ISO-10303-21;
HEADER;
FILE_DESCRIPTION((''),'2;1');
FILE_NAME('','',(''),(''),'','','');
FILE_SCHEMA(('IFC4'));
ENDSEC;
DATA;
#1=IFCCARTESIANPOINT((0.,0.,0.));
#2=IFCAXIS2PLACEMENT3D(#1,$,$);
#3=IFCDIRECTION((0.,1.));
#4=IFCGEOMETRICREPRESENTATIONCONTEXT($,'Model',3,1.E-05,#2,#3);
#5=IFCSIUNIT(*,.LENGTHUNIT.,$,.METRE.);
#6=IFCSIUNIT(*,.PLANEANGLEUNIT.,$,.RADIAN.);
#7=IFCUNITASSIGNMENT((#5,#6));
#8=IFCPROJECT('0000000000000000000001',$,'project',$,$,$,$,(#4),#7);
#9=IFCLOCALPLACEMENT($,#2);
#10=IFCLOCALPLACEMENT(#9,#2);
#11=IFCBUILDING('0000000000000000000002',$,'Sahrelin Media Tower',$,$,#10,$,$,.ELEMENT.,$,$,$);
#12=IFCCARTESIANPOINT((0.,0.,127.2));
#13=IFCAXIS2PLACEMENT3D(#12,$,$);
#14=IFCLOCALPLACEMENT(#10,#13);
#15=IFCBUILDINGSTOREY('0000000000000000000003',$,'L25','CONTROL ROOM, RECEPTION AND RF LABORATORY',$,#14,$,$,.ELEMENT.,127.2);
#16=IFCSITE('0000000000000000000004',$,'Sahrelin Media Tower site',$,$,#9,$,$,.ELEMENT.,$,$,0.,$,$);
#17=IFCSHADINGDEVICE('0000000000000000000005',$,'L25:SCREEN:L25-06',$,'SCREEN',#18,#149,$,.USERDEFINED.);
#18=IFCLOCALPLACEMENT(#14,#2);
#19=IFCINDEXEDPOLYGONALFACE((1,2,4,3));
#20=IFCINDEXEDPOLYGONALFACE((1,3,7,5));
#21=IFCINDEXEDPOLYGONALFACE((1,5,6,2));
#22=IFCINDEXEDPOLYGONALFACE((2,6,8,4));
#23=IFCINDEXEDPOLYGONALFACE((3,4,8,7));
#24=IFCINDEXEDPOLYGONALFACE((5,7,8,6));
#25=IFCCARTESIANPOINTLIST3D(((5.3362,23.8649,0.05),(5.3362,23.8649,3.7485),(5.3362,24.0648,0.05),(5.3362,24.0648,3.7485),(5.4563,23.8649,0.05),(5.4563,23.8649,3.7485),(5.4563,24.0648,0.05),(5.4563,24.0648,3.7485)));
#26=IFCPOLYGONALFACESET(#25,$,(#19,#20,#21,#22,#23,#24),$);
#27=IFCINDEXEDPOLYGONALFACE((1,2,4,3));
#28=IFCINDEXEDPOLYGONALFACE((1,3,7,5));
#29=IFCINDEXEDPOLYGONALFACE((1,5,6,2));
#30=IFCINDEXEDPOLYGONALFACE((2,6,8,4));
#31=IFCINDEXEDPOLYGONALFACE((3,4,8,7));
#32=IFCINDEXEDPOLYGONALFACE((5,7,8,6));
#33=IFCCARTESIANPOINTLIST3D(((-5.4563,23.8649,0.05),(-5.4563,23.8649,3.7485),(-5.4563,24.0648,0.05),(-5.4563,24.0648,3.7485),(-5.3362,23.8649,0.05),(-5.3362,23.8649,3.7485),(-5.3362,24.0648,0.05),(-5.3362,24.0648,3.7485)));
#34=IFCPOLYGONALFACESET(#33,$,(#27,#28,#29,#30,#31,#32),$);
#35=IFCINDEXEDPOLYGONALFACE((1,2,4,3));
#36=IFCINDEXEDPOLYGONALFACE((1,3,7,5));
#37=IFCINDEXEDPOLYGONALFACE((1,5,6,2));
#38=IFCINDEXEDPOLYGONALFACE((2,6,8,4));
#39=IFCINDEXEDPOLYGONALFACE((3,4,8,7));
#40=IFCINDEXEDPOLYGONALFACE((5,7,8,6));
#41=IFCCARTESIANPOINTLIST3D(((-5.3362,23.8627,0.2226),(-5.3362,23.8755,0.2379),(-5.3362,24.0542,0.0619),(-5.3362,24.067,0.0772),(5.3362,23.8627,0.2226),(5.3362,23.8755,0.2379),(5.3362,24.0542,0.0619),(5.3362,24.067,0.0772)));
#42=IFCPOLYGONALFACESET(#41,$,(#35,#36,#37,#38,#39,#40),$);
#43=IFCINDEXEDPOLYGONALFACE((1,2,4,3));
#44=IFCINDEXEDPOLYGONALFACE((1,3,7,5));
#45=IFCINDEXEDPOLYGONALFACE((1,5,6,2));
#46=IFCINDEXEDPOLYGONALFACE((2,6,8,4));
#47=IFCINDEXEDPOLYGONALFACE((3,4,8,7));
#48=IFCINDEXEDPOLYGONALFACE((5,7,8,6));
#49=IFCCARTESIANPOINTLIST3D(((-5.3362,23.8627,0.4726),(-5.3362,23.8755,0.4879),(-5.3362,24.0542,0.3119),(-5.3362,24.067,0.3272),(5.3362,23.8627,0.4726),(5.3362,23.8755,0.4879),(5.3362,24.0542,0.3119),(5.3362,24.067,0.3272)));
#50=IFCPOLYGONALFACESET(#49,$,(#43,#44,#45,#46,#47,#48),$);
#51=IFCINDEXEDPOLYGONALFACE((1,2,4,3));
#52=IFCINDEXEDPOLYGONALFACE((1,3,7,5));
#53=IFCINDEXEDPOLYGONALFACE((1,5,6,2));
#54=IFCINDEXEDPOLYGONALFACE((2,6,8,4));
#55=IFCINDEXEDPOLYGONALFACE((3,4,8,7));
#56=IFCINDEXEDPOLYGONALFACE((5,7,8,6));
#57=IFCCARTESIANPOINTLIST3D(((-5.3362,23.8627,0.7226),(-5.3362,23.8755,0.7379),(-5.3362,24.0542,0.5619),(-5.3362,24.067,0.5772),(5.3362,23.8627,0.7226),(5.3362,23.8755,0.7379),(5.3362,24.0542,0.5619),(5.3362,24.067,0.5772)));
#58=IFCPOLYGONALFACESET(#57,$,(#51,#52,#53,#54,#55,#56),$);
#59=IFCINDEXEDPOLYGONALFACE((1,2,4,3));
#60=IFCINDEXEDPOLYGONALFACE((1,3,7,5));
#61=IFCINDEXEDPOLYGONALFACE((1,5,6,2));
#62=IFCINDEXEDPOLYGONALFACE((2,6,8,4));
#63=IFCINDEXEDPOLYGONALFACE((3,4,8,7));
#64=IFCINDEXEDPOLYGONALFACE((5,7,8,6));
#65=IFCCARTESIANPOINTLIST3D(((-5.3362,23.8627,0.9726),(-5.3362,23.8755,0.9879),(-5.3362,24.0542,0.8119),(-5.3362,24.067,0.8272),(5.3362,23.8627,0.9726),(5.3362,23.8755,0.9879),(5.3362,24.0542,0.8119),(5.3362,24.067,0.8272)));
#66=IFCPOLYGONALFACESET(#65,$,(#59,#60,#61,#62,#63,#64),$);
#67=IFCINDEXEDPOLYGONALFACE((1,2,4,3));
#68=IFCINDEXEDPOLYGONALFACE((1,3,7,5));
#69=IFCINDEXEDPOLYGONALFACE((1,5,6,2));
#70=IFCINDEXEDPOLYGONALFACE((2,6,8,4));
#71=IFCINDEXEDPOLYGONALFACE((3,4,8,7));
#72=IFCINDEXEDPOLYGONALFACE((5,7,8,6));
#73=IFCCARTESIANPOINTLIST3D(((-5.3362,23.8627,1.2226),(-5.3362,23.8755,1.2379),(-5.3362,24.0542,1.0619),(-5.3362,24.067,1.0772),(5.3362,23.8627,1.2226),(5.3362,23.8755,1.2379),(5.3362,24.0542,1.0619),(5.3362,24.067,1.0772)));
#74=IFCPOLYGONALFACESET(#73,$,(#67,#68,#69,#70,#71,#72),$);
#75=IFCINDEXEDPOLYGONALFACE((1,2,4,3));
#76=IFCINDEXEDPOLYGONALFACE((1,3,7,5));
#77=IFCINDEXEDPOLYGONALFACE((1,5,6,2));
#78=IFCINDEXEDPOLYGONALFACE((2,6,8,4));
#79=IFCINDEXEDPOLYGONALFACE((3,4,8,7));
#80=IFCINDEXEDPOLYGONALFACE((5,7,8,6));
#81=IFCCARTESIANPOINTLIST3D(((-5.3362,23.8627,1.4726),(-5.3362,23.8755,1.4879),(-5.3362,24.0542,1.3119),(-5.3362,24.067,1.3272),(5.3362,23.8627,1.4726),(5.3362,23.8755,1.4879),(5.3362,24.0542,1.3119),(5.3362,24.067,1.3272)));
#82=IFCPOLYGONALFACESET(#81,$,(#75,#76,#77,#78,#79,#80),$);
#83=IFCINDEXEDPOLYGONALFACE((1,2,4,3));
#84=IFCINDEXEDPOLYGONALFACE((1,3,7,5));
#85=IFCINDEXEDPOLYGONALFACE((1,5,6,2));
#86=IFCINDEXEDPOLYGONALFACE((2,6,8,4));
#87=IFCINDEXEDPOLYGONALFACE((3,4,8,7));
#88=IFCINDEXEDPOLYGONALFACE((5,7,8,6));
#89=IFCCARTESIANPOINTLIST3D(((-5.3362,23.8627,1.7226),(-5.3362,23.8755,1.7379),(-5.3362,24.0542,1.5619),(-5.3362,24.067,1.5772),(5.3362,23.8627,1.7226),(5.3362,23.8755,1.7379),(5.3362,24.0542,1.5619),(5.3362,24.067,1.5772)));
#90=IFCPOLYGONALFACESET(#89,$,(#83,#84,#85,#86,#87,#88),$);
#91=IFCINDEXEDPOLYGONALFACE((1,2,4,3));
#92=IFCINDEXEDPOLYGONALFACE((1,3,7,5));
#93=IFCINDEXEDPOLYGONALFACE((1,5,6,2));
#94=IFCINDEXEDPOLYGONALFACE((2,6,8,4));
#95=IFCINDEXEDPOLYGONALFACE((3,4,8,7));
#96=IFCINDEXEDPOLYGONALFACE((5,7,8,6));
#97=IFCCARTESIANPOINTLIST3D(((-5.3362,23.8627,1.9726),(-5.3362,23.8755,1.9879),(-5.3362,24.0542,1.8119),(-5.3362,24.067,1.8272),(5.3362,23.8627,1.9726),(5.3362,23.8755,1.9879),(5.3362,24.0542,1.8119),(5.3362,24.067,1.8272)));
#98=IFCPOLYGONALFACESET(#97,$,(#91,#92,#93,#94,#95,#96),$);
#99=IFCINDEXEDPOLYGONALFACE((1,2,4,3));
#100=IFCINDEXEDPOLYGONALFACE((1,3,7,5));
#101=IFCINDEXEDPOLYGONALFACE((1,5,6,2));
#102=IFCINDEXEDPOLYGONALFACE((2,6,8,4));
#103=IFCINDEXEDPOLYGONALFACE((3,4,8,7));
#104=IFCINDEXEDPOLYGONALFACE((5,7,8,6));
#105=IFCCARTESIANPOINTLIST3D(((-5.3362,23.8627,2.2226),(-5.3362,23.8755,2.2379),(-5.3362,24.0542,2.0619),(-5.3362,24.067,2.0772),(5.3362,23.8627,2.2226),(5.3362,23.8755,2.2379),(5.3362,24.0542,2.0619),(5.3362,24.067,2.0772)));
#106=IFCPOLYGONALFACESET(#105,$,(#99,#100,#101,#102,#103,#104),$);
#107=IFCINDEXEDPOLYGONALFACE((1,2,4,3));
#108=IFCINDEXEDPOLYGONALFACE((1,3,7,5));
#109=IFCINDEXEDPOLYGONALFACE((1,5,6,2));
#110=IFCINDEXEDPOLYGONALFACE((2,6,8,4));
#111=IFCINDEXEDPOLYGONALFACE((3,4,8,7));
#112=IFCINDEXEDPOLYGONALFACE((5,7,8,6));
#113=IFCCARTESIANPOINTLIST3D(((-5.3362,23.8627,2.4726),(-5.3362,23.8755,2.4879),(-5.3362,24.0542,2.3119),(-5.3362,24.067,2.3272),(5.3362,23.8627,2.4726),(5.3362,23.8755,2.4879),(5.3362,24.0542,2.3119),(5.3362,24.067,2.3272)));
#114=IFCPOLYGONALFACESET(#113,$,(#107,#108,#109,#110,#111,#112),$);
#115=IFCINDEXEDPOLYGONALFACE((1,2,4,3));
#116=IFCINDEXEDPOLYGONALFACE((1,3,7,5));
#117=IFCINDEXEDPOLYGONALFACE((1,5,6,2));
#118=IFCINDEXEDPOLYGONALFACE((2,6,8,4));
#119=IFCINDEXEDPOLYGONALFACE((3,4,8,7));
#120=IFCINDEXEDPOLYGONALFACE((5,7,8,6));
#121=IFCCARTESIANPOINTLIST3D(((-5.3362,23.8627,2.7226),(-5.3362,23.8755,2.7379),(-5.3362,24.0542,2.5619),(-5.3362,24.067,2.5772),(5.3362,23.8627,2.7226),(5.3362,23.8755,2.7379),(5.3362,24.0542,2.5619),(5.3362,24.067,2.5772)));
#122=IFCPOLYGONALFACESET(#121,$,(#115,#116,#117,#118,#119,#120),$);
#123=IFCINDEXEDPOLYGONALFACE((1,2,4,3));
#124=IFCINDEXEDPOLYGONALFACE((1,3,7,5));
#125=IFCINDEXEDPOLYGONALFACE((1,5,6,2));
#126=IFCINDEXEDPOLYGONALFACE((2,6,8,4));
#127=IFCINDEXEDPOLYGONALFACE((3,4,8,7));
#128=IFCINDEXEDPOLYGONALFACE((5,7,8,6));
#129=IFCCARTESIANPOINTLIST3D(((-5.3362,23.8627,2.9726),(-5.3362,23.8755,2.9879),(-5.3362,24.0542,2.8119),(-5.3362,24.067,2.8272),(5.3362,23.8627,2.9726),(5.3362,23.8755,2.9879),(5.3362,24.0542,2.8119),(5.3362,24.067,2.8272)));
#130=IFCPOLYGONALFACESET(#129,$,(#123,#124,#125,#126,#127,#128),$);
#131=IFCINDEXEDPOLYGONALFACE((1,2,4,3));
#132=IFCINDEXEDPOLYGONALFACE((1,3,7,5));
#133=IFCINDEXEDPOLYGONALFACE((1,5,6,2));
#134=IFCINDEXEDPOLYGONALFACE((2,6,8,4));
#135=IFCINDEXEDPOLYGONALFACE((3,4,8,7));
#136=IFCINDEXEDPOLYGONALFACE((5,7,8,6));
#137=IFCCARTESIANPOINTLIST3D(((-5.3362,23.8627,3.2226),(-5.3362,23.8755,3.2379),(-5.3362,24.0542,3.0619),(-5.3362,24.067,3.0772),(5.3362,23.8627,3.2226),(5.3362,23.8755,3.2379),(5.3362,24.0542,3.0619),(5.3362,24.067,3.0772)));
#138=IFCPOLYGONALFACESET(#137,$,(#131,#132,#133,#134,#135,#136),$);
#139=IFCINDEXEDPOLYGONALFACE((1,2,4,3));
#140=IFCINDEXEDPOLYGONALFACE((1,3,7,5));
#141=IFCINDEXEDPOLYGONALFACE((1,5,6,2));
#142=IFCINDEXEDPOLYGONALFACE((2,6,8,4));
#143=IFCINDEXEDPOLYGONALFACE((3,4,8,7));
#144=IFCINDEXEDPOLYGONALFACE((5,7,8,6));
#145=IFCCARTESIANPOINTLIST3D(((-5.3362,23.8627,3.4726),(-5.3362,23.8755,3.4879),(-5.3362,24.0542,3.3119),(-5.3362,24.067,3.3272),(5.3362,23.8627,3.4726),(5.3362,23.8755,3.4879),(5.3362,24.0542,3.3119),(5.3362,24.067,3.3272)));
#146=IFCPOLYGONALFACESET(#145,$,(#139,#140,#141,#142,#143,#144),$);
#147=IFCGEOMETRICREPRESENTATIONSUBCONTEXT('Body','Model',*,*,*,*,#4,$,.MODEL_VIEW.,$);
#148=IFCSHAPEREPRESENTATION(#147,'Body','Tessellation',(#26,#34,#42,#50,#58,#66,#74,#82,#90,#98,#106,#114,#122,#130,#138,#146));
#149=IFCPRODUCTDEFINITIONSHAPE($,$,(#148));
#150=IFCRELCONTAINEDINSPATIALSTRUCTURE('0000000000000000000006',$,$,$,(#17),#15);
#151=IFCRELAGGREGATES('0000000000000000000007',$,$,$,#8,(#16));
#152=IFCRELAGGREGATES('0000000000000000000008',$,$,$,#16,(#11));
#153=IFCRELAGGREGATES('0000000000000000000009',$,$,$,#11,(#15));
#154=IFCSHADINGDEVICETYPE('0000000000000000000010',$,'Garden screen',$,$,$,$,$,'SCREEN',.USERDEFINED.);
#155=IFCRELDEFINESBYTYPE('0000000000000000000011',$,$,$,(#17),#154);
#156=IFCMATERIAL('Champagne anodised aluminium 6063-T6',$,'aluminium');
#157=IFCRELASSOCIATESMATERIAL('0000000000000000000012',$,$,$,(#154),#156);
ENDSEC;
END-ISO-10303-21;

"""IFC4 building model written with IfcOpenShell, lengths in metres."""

from ifc_helpers import new_model, si_unit, direction, frame, origin, origin_2d, place, context, subcontext, project, spatial, rectangle, extrude, material, type_object, element, save


model = new_model("IFC4")

# Units and contexts
model_context = context("Model", 3, precision=1e-05, world=origin(), true_north=direction((0.0, 1.0)))
body_context = subcontext(model_context, "Body", "Model", "MODEL_VIEW")
ifc_project = project(units=[si_unit("LENGTHUNIT", "METRE"), si_unit("PLANEANGLEUNIT", "RADIAN")], contexts=[model_context])

# Site, building, storey
site_placement = place(None, origin())
site = spatial("IfcSite", under=ifc_project, at=site_placement, Name="Sahrelin Media Tower site", CompositionType="ELEMENT", RefElevation=0.0)
building_placement = place(site_placement, origin())
building = spatial("IfcBuilding", under=site, at=building_placement, Name="Sahrelin Media Tower", CompositionType="ELEMENT")
storey_placement = place(building_placement, frame((0.0, 0.0, 127.2)))
storey = spatial("IfcBuildingStorey", under=building, at=storey_placement, Name="L25", Description="CONTROL ROOM, RECEPTION AND RF LABORATORY", CompositionType="ELEMENT", Elevation=127.2)

# Shading device
ifc_material_1 = material(Name="Champagne anodised aluminium 6063-T6", Category="aluminium")
shading_device_type = type_object("IfcShadingDeviceType", Name="Garden screen", ElementType="SCREEN", PredefinedType="USERDEFINED", material=ifc_material_1)
shading_device_1_placement = place(storey_placement, frame((0.0, 23.8647, 0.0), z_axis=(0.0, 0.0, 1.0), x_axis=(1.0, 0.0, 0.0)))
element("IfcShadingDevice", 1, at=shading_device_1_placement, inside=storey, type_object=shading_device_type, Name="L25:SCREEN:L25-06", ObjectType="SCREEN", PredefinedType="USERDEFINED", context=body_context, shape_type="SweptSolid", body=[
    extrude(rectangle(XDim=0.1201, YDim=0.2, at=origin_2d()), frame((5.3962, 0.1001, 0.05), z_axis=(0.0, 0.0, 1.0), x_axis=(1.0, 0.0, 0.0)), (0.0, 0.0, 1.0), 3.6985),
    extrude(rectangle(XDim=0.1201, YDim=0.2, at=origin_2d()), frame((-5.3962, 0.1001, 0.05), z_axis=(0.0, 0.0, 1.0), x_axis=(1.0, 0.0, 0.0)), (0.0, 0.0, 1.0), 3.6985),
    extrude(rectangle(XDim=0.25, YDim=0.02, at=origin_2d()), frame((5.3362, 0.1001, 0.1499), z_axis=(-1.0, 0.0, 0.0), x_axis=(0.0, -0.766044, 0.642788)), (0.0, 0.0, 1.0), 10.6724),
    extrude(rectangle(XDim=0.25, YDim=0.02, at=origin_2d()), frame((5.3362, 0.1001, 0.3999), z_axis=(-1.0, 0.0, 0.0), x_axis=(0.0, -0.766044, 0.642788)), (0.0, 0.0, 1.0), 10.6724),
    extrude(rectangle(XDim=0.25, YDim=0.02, at=origin_2d()), frame((5.3362, 0.1001, 0.6499), z_axis=(-1.0, 0.0, 0.0), x_axis=(0.0, -0.766044, 0.642788)), (0.0, 0.0, 1.0), 10.6724),
    extrude(rectangle(XDim=0.25, YDim=0.02, at=origin_2d()), frame((5.3362, 0.1001, 0.8999), z_axis=(-1.0, 0.0, 0.0), x_axis=(0.0, -0.766044, 0.642788)), (0.0, 0.0, 1.0), 10.6724),
    extrude(rectangle(XDim=0.25, YDim=0.02, at=origin_2d()), frame((5.3362, 0.1001, 1.1499), z_axis=(-1.0, 0.0, 0.0), x_axis=(0.0, -0.766044, 0.642788)), (0.0, 0.0, 1.0), 10.6724),
    extrude(rectangle(XDim=0.25, YDim=0.02, at=origin_2d()), frame((5.3362, 0.1001, 1.3999), z_axis=(-1.0, 0.0, 0.0), x_axis=(0.0, -0.766044, 0.642788)), (0.0, 0.0, 1.0), 10.6724),
    extrude(rectangle(XDim=0.25, YDim=0.02, at=origin_2d()), frame((5.3362, 0.1001, 1.6499), z_axis=(-1.0, 0.0, 0.0), x_axis=(0.0, -0.766044, 0.642788)), (0.0, 0.0, 1.0), 10.6724),
    extrude(rectangle(XDim=0.25, YDim=0.02, at=origin_2d()), frame((5.3362, 0.1001, 1.8999), z_axis=(-1.0, 0.0, 0.0), x_axis=(0.0, -0.766044, 0.642788)), (0.0, 0.0, 1.0), 10.6724),
    extrude(rectangle(XDim=0.25, YDim=0.02, at=origin_2d()), frame((5.3362, 0.1001, 2.1499), z_axis=(-1.0, 0.0, 0.0), x_axis=(0.0, -0.766044, 0.642788)), (0.0, 0.0, 1.0), 10.6724),
    extrude(rectangle(XDim=0.25, YDim=0.02, at=origin_2d()), frame((5.3362, 0.1001, 2.3999), z_axis=(-1.0, 0.0, 0.0), x_axis=(0.0, -0.766044, 0.642788)), (0.0, 0.0, 1.0), 10.6724),
    extrude(rectangle(XDim=0.25, YDim=0.02, at=origin_2d()), frame((5.3362, 0.1001, 2.6499), z_axis=(-1.0, 0.0, 0.0), x_axis=(0.0, -0.766044, 0.642788)), (0.0, 0.0, 1.0), 10.6724),
    extrude(rectangle(XDim=0.25, YDim=0.02, at=origin_2d()), frame((5.3362, 0.1001, 2.8999), z_axis=(-1.0, 0.0, 0.0), x_axis=(0.0, -0.766044, 0.642788)), (0.0, 0.0, 1.0), 10.6724),
    extrude(rectangle(XDim=0.25, YDim=0.02, at=origin_2d()), frame((5.3362, 0.1001, 3.1499), z_axis=(-1.0, 0.0, 0.0), x_axis=(0.0, -0.766044, 0.642788)), (0.0, 0.0, 1.0), 10.6724),
    extrude(rectangle(XDim=0.25, YDim=0.02, at=origin_2d()), frame((5.3362, 0.1001, 3.3999), z_axis=(-1.0, 0.0, 0.0), x_axis=(0.0, -0.766044, 0.642788)), (0.0, 0.0, 1.0), 10.6724),
])

save(model, "model.ifc")
